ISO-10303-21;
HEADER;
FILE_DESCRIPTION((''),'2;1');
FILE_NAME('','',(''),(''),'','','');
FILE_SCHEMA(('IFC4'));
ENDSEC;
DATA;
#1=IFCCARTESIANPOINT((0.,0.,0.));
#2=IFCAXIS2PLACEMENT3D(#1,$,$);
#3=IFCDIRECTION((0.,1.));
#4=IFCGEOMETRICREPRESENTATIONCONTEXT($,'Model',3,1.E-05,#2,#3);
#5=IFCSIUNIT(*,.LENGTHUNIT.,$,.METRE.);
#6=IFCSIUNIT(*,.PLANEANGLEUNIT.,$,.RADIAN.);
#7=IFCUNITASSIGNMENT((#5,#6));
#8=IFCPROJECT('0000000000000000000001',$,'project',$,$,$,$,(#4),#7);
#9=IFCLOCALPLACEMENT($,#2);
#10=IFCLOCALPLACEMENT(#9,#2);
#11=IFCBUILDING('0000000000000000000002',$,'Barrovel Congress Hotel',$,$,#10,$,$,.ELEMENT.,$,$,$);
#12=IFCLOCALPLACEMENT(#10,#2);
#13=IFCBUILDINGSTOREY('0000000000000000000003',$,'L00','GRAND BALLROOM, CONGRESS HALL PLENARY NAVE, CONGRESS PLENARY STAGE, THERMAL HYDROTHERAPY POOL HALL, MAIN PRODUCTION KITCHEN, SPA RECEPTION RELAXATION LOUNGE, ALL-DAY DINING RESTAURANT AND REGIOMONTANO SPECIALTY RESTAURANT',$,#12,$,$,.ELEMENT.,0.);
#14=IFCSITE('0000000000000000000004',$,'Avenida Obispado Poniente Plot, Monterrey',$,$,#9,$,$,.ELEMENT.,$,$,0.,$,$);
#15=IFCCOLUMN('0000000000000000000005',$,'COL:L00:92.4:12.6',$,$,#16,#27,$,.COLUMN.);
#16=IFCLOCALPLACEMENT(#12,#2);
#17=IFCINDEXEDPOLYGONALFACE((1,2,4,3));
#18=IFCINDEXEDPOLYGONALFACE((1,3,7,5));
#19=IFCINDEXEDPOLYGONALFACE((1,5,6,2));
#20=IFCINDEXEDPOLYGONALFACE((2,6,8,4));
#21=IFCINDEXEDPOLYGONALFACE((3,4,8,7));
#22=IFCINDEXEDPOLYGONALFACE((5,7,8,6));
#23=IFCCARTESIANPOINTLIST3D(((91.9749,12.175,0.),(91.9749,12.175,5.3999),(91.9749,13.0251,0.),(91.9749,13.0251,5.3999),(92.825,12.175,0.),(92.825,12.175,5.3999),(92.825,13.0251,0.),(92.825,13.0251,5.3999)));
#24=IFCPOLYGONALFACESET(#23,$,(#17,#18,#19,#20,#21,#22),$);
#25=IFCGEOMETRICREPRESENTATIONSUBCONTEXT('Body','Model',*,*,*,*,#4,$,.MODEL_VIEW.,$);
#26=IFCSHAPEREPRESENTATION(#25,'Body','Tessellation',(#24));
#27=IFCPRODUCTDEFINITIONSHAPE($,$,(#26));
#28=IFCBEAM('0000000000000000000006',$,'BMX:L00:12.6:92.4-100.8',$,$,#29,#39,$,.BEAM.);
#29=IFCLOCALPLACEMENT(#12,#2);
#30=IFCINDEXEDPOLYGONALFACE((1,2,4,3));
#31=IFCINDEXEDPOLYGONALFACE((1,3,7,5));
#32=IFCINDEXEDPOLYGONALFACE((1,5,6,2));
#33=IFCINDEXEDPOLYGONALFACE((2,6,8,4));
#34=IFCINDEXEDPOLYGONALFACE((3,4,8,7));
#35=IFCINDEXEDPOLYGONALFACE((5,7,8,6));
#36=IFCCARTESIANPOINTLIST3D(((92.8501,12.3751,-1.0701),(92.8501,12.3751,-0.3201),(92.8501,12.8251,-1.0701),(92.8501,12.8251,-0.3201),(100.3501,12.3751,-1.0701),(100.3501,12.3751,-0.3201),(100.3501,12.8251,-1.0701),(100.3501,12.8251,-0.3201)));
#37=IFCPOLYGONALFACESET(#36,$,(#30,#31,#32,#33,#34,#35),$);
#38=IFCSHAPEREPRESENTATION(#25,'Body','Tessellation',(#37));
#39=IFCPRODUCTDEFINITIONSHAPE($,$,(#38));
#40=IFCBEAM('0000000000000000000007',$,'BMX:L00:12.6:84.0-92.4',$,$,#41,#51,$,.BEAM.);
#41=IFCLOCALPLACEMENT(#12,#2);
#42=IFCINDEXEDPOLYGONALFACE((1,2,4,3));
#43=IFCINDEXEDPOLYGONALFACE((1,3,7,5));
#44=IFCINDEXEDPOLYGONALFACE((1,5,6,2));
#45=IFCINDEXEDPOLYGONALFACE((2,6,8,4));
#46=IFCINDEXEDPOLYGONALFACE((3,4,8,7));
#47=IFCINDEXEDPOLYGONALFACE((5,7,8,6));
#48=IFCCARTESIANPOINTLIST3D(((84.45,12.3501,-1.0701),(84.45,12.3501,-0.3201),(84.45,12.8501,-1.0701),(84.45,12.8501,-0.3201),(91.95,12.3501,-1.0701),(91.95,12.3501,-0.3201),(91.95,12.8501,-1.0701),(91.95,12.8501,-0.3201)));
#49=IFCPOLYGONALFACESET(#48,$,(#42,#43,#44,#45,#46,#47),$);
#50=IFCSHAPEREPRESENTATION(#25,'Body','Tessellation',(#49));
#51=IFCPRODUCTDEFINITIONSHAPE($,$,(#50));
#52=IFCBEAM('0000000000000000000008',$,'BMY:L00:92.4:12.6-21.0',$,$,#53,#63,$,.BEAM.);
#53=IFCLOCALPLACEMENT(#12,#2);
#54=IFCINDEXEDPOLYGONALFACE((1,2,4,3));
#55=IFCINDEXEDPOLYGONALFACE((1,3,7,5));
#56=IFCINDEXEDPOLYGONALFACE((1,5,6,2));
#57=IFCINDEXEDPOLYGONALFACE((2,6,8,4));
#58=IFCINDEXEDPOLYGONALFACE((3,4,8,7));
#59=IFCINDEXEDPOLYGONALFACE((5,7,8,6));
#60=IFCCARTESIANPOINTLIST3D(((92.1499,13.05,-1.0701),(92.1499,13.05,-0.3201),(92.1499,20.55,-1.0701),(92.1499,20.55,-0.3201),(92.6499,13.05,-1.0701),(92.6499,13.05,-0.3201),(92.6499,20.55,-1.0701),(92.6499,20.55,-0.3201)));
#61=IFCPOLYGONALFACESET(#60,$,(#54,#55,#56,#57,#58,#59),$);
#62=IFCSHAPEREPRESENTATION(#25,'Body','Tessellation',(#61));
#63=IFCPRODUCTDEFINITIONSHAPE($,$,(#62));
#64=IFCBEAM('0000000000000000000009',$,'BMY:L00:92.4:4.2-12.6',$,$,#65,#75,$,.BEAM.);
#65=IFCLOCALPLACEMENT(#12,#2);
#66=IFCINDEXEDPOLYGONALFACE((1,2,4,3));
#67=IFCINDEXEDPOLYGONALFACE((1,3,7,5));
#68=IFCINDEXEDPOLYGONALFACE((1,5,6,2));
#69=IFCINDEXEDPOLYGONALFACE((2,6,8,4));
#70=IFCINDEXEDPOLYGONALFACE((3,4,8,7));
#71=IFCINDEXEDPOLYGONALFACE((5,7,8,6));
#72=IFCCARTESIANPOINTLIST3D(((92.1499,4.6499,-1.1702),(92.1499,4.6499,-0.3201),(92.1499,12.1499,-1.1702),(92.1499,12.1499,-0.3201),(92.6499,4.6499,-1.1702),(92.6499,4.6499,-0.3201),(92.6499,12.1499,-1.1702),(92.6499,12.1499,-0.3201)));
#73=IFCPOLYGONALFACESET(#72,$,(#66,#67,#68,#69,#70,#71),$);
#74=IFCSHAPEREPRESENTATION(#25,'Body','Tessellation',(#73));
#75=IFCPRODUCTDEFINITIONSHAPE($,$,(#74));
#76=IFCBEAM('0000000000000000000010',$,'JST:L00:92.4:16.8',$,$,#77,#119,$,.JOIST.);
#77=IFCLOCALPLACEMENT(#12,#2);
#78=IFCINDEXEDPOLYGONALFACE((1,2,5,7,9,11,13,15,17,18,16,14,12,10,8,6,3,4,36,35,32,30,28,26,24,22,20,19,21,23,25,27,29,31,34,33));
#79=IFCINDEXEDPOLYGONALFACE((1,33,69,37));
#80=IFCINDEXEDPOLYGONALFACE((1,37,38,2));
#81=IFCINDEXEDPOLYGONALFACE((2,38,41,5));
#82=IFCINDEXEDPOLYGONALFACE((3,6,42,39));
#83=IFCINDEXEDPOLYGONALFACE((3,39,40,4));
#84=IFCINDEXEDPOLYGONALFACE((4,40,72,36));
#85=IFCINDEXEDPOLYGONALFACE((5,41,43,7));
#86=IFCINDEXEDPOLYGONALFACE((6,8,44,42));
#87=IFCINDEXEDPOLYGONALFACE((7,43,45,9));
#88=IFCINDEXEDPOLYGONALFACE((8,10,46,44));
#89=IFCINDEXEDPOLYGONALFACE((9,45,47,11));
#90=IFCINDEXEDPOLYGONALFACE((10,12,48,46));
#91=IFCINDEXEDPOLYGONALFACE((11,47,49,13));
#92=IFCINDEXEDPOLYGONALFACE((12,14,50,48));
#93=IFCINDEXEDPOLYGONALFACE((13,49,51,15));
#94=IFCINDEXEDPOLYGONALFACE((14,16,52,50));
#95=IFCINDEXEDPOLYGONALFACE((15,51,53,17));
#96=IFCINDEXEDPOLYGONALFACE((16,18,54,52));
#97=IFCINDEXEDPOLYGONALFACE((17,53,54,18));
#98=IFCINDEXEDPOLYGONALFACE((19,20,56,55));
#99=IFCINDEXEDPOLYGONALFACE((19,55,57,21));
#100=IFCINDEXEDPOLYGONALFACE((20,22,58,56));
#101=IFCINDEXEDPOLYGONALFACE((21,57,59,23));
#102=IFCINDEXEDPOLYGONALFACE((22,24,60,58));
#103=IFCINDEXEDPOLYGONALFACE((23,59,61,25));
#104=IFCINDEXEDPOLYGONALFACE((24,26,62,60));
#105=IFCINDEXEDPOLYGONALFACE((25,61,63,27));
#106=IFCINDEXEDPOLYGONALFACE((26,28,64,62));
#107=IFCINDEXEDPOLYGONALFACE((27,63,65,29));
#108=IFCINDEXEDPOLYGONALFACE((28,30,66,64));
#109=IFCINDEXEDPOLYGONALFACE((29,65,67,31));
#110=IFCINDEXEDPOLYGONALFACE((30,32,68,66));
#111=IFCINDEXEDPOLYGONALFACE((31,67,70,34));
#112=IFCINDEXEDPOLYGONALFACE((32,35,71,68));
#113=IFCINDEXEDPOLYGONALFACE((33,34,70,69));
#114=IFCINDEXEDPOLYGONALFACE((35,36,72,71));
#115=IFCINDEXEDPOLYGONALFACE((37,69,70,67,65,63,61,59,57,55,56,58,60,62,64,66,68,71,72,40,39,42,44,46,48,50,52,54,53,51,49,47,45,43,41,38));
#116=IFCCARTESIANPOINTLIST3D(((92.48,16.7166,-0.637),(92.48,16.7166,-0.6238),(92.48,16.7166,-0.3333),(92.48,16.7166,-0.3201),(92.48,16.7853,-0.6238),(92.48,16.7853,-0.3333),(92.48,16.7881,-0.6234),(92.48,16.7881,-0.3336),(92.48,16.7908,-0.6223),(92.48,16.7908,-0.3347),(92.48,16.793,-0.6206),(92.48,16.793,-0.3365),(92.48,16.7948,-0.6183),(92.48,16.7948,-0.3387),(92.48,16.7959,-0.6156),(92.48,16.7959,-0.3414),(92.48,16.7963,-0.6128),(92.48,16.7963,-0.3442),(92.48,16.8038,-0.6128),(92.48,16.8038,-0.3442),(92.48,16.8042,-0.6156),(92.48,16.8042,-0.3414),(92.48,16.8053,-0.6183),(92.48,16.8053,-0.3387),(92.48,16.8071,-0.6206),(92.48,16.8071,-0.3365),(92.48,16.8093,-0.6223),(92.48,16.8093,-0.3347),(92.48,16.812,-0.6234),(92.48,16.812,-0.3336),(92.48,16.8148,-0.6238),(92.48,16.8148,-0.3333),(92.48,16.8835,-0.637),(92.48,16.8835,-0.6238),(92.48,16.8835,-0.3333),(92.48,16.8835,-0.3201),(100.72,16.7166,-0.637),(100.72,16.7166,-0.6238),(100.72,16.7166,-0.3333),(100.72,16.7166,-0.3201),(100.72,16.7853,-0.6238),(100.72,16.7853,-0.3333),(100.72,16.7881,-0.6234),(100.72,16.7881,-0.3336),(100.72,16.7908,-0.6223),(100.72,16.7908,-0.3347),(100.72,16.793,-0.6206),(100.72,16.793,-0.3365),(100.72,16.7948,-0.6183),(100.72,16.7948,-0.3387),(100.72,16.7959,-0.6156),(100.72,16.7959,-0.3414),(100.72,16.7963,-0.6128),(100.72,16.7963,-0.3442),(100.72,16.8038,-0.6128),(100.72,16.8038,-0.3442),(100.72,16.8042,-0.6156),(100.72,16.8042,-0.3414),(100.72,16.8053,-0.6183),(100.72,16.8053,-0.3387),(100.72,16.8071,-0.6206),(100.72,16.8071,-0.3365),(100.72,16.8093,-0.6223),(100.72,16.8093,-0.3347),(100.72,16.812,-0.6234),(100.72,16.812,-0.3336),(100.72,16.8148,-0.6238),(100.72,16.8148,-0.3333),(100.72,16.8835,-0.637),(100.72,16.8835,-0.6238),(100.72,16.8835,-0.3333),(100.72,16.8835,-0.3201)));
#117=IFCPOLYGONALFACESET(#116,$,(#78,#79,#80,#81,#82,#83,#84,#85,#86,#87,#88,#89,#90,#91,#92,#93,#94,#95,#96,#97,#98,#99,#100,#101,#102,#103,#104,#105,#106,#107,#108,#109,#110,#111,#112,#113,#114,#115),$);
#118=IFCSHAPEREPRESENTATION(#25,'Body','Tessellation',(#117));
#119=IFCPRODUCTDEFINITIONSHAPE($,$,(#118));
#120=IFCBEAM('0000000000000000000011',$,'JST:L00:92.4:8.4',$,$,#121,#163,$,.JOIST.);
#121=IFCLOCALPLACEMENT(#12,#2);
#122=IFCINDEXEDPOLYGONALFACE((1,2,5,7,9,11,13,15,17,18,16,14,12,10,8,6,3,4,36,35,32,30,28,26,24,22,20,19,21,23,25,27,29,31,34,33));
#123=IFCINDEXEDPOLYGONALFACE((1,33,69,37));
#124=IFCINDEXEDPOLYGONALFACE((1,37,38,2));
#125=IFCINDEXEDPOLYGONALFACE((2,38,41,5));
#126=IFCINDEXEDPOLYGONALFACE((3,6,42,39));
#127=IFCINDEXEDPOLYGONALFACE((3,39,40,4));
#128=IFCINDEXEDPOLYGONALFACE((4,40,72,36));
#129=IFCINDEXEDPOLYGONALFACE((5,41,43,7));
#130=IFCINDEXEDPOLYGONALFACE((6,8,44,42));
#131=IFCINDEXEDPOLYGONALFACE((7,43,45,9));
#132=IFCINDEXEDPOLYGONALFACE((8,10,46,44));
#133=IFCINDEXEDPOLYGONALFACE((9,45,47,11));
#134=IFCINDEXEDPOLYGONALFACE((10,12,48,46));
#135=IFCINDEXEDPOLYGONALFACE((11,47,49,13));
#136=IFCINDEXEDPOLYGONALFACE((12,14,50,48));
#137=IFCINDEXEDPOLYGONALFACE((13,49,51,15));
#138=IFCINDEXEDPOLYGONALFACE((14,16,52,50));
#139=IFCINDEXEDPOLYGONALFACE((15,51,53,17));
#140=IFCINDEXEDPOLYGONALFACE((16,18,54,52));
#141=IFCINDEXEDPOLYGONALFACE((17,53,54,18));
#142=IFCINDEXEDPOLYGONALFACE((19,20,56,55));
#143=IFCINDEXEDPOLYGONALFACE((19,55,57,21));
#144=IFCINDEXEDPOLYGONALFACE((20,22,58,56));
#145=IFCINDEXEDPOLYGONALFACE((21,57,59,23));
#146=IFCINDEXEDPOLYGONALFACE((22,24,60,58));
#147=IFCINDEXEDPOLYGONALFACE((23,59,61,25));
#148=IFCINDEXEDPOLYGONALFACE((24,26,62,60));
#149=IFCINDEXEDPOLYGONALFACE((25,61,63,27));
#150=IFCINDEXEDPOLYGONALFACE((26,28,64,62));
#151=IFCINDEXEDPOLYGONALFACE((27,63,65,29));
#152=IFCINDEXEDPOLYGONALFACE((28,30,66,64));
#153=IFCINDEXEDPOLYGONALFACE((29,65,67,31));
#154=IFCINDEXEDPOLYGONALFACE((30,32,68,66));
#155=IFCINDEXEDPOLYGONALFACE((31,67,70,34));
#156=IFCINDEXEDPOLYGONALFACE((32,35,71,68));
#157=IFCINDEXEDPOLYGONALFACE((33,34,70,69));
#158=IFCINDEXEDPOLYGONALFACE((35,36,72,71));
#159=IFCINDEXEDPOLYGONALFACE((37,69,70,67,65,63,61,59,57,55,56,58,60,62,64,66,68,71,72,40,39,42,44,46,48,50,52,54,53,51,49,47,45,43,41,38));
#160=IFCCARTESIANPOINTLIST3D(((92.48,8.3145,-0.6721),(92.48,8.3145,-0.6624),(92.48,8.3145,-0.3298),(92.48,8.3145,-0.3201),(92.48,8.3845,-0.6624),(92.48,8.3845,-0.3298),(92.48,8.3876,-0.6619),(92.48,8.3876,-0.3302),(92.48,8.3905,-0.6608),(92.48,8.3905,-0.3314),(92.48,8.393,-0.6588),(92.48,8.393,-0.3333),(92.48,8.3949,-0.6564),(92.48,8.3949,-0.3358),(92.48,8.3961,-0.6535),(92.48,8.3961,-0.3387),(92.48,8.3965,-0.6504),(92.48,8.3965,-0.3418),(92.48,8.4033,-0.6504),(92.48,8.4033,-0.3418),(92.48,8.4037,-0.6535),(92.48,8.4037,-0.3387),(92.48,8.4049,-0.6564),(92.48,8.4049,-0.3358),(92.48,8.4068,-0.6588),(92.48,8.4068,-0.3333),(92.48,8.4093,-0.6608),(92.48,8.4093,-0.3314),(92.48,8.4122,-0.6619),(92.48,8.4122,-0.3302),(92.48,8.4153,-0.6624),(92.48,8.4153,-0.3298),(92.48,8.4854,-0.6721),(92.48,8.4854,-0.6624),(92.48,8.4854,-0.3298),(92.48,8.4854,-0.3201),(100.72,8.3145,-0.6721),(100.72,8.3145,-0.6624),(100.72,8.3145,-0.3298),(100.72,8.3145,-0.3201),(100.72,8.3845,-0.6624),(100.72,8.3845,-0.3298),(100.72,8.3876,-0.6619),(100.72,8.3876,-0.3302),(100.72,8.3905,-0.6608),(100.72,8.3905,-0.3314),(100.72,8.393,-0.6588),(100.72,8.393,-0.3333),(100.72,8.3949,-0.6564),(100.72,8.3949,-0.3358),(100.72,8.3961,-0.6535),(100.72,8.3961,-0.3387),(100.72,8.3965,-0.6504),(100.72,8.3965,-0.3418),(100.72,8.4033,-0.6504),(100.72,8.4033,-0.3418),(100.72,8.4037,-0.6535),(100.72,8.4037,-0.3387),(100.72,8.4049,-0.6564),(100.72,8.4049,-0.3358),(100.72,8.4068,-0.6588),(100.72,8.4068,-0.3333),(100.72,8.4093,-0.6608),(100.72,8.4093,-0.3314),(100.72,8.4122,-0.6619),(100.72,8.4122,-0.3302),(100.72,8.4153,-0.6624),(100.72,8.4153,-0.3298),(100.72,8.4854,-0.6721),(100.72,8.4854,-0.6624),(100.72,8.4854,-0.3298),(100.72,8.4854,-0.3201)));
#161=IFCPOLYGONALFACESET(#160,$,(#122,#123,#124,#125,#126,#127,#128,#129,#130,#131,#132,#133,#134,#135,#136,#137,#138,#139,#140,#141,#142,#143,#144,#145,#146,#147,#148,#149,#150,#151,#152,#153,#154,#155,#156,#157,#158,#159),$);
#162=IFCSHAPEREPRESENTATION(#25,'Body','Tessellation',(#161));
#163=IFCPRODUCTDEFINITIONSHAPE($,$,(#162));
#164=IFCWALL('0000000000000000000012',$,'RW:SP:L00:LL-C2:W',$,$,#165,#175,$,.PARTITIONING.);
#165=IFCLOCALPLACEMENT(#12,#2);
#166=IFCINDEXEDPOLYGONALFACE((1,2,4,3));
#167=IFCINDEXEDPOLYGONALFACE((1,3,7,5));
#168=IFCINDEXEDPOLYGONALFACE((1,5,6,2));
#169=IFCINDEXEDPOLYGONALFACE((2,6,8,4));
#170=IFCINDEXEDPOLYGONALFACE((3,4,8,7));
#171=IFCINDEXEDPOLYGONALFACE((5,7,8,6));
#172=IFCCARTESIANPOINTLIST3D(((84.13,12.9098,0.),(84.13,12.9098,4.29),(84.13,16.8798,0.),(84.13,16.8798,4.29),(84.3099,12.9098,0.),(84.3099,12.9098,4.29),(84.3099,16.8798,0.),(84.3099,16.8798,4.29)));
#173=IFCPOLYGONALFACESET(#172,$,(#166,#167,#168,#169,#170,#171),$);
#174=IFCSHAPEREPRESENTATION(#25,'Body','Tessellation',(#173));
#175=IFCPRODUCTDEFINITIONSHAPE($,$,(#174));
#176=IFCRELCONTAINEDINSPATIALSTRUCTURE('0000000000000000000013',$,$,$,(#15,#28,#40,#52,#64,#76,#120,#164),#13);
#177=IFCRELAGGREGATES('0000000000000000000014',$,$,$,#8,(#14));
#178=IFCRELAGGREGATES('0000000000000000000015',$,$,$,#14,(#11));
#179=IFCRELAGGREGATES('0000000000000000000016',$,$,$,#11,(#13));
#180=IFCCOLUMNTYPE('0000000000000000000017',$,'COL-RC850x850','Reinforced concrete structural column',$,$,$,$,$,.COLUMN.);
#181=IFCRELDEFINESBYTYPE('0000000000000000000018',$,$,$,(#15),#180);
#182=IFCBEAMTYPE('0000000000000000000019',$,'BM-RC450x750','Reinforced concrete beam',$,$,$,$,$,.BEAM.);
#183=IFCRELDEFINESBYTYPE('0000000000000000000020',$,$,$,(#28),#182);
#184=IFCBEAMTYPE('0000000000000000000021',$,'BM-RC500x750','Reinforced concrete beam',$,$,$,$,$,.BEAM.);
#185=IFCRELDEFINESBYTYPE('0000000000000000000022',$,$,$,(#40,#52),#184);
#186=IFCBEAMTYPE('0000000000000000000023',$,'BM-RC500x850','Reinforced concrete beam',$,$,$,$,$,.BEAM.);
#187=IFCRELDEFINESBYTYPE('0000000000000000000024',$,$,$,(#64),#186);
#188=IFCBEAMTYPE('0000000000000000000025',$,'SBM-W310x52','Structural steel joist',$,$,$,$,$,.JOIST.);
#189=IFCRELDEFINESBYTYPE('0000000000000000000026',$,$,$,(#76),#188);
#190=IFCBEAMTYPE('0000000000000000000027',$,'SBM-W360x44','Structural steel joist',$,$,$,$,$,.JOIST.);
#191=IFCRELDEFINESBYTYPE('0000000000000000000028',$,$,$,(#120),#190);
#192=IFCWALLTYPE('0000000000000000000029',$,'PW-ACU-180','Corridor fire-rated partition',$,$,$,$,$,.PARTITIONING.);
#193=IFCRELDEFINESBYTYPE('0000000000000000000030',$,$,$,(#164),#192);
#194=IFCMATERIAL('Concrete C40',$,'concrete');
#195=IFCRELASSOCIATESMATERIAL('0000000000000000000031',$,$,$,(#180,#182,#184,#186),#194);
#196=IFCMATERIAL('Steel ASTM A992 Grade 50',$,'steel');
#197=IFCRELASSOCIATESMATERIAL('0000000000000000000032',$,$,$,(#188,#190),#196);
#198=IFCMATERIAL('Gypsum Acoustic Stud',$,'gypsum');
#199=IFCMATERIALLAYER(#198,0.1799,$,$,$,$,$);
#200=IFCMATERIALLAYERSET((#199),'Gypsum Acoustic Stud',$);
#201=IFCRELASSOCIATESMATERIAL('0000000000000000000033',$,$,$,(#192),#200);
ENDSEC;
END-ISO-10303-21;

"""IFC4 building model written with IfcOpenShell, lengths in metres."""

from ifc_helpers import new_model, si_unit, direction, frame, frame_2d, origin, origin_2d, place, context, subcontext, project, spatial, rectangle, i_section, extrude, material, layer, layer_set, material_profile, profile_set, type_object, element, save


model = new_model("IFC4")

# Units and contexts
model_context = context("Model", 3, precision=1e-05, world=origin(), true_north=direction((0.0, 1.0)))
body_context = subcontext(model_context, "Body", "Model", "MODEL_VIEW")
ifc_project = project(units=[si_unit("LENGTHUNIT", "METRE"), si_unit("PLANEANGLEUNIT", "RADIAN")], contexts=[model_context])

# Site, building, storey
site_placement = place(None, origin())
site = spatial("IfcSite", under=ifc_project, at=site_placement, Name="Avenida Obispado Poniente Plot, Monterrey", CompositionType="ELEMENT", RefElevation=0.0)
building_placement = place(site_placement, origin())
building = spatial("IfcBuilding", under=site, at=building_placement, Name="Barrovel Congress Hotel", CompositionType="ELEMENT")
storey_placement = place(building_placement, origin())
storey = spatial("IfcBuildingStorey", under=building, at=storey_placement, Name="L00", Description="GRAND BALLROOM, CONGRESS HALL PLENARY NAVE, CONGRESS PLENARY STAGE, THERMAL HYDROTHERAPY POOL HALL, MAIN PRODUCTION KITCHEN, SPA RECEPTION RELAXATION LOUNGE, ALL-DAY DINING RESTAURANT AND REGIOMONTANO SPECIALTY RESTAURANT", CompositionType="ELEMENT", Elevation=0.0)

# Column
ifc_material_1 = material(Name="Concrete C40", Category="concrete")
ifc_material_profile_1 = material_profile(ifc_material_1, rectangle(XDim=0.8501, YDim=0.8501, at=origin_2d()), Name="RC850x850")
ifc_profile_set_1 = profile_set([ifc_material_profile_1], Name="Concrete C40")
column_type = type_object("IfcColumnType", Name="COL-RC850x850", Description="Reinforced concrete structural column", PredefinedType="COLUMN", material=ifc_profile_set_1)
column_placement = place(storey_placement, frame((92.3999, 12.6001, 0.0), z_axis=(0.0, 0.0, 1.0), x_axis=(1.0, 0.0, 0.0)))
element("IfcColumn", 1, at=column_placement, inside=storey, type_object=column_type, Name="COL:L00:92.4:12.6", PredefinedType="COLUMN", context=body_context, shape_type="SweptSolid", body=[
    extrude(rectangle(XDim=0.8501, YDim=0.8501, at=origin_2d()), origin(), (0.0, 0.0, 1.0), 5.3999),
])

# Beams
ifc_material_profile_2 = material_profile(ifc_material_1, rectangle(XDim=0.45, YDim=0.75, at=origin_2d()), Name="RC450x750")
ifc_profile_set_2 = profile_set([ifc_material_profile_2], Name="Concrete C40")
beam_type_1 = type_object("IfcBeamType", Name="BM-RC450x750", Description="Reinforced concrete beam", PredefinedType="BEAM", material=ifc_profile_set_2)
beam_1_placement = place(storey_placement, frame((92.8501, 12.6001, -0.6951), z_axis=(1.0, 0.0, 0.0), x_axis=(0.0, 1.0, 0.0)))
element("IfcBeam", 2, at=beam_1_placement, inside=storey, type_object=beam_type_1, Name="BMX:L00:12.6:92.4-100.8", PredefinedType="BEAM", context=body_context, shape_type="SweptSolid", body=[
    extrude(rectangle(XDim=0.45, YDim=0.75, at=origin_2d()), origin(), (0.0, 0.0, 1.0), 7.5),
])
ifc_material_profile_3 = material_profile(ifc_material_1, rectangle(XDim=0.5, YDim=0.75, at=origin_2d()), Name="RC500x750")
ifc_profile_set_3 = profile_set([ifc_material_profile_3], Name="Concrete C40")
beam_type_2 = type_object("IfcBeamType", Name="BM-RC500x750", Description="Reinforced concrete beam", PredefinedType="BEAM", material=ifc_profile_set_3)
for number, where, z_axis, x_axis, name in (
    (3, (84.45, 12.6001, -0.6951), (1.0, 0.0, 0.0), (0.0, 1.0, 0.0), "BMX:L00:12.6:84.0-92.4"),
    (4, (92.3999, 13.05, -0.6951), (0.0, 1.0, 0.0), (-1.0, 0.0, 0.0), "BMY:L00:92.4:12.6-21.0"),
):
    element("IfcBeam", number, at=place(storey_placement, frame(where, z_axis=z_axis, x_axis=x_axis)), inside=storey, type_object=beam_type_2, Name=name, PredefinedType="BEAM", context=body_context, shape_type="SweptSolid", body=[
        extrude(rectangle(XDim=0.5, YDim=0.75, at=origin_2d()), origin(), (0.0, 0.0, 1.0), 7.5),
    ])
ifc_material_profile_4 = material_profile(ifc_material_1, rectangle(XDim=0.5, YDim=0.8501, at=origin_2d()), Name="RC500x850")
ifc_profile_set_4 = profile_set([ifc_material_profile_4], Name="Concrete C40")
beam_type_3 = type_object("IfcBeamType", Name="BM-RC500x850", Description="Reinforced concrete beam", PredefinedType="BEAM", material=ifc_profile_set_4)
beam_2_placement = place(storey_placement, frame((92.3999, 4.6499, -0.7451), z_axis=(0.0, 1.0, 0.0), x_axis=(-1.0, 0.0, 0.0)))
element("IfcBeam", 5, at=beam_2_placement, inside=storey, type_object=beam_type_3, Name="BMY:L00:92.4:4.2-12.6", PredefinedType="BEAM", context=body_context, shape_type="SweptSolid", body=[
    extrude(rectangle(XDim=0.5, YDim=0.8501, at=origin_2d()), origin(), (0.0, 0.0, 1.0), 7.5),
])
ifc_material_2 = material(Name="Steel ASTM A992 Grade 50", Category="steel")
ifc_material_profile_5 = material_profile(ifc_material_2, i_section(OverallWidth=0.167, OverallDepth=0.3169, WebThickness=0.0076, FlangeThickness=0.0132, FilletRadius=0.011, at=origin_2d()), Name="W310x52")
ifc_profile_set_5 = profile_set([ifc_material_profile_5], Name="Steel ASTM A992 Grade 50")
beam_type_4 = type_object("IfcBeamType", Name="SBM-W310x52", Description="Structural steel joist", PredefinedType="JOIST", material=ifc_profile_set_5)
beam_3_placement = place(storey_placement, frame((92.48, 16.8, -0.4785), z_axis=(1.0, 0.0, 0.0), x_axis=(0.0, 1.0, 0.0)))
element("IfcBeam", 6, at=beam_3_placement, inside=storey, type_object=beam_type_4, Name="JST:L00:92.4:16.8", PredefinedType="JOIST", context=body_context, shape_type="SweptSolid", body=[
    extrude(i_section(OverallWidth=0.167, OverallDepth=0.3169, WebThickness=0.0076, FlangeThickness=0.0132, FilletRadius=0.011, at=origin_2d()), origin(), (0.0, 0.0, 1.0), 8.24),
])
ifc_material_profile_6 = material_profile(ifc_material_2, i_section(OverallWidth=0.1709, OverallDepth=0.3521, WebThickness=0.0068, FlangeThickness=0.0098, FilletRadius=0.012, at=origin_2d()), Name="W360x44")
ifc_profile_set_6 = profile_set([ifc_material_profile_6], Name="Steel ASTM A992 Grade 50")
beam_type_5 = type_object("IfcBeamType", Name="SBM-W360x44", Description="Structural steel joist", PredefinedType="JOIST", material=ifc_profile_set_6)
beam_4_placement = place(storey_placement, frame((92.48, 8.3999, -0.4961), z_axis=(1.0, 0.0, 0.0), x_axis=(0.0, 1.0, 0.0)))
element("IfcBeam", 7, at=beam_4_placement, inside=storey, type_object=beam_type_5, Name="JST:L00:92.4:8.4", PredefinedType="JOIST", context=body_context, shape_type="SweptSolid", body=[
    extrude(i_section(OverallWidth=0.1709, OverallDepth=0.3521, WebThickness=0.0068, FlangeThickness=0.0098, FilletRadius=0.012, at=origin_2d()), origin(), (0.0, 0.0, 1.0), 8.24),
])

# Shared definitions
ifc_material_3 = material(Name="Gypsum Acoustic Stud", Category="gypsum")
ifc_layer_1 = layer(ifc_material_3, 0.1799)
ifc_layer_set_1 = layer_set([ifc_layer_1], Name="Gypsum Acoustic Stud")
wall_type_1 = type_object("IfcWallType", Name="PW-ACU-180", Description="Corridor fire-rated partition", PredefinedType="PARTITIONING", material=ifc_layer_set_1)

# Wall
wall_1_placement = place(storey_placement, frame((84.22, 12.9099, 0.0), z_axis=(0.0, 0.0, 1.0), x_axis=(0.0, 1.0, 0.0)))
element("IfcWall", 8, at=wall_1_placement, inside=storey, type_object=wall_type_1, Name="RW:SP:L00:LL-C2:W", PredefinedType="PARTITIONING", context=body_context, shape_type="SweptSolid", body=[
    extrude(rectangle(XDim=3.97, YDim=0.1799, at=frame_2d((1.9849, 0.0))), origin(), (0.0, 0.0, 1.0), 4.29),
])

save(model, "model.ifc")
